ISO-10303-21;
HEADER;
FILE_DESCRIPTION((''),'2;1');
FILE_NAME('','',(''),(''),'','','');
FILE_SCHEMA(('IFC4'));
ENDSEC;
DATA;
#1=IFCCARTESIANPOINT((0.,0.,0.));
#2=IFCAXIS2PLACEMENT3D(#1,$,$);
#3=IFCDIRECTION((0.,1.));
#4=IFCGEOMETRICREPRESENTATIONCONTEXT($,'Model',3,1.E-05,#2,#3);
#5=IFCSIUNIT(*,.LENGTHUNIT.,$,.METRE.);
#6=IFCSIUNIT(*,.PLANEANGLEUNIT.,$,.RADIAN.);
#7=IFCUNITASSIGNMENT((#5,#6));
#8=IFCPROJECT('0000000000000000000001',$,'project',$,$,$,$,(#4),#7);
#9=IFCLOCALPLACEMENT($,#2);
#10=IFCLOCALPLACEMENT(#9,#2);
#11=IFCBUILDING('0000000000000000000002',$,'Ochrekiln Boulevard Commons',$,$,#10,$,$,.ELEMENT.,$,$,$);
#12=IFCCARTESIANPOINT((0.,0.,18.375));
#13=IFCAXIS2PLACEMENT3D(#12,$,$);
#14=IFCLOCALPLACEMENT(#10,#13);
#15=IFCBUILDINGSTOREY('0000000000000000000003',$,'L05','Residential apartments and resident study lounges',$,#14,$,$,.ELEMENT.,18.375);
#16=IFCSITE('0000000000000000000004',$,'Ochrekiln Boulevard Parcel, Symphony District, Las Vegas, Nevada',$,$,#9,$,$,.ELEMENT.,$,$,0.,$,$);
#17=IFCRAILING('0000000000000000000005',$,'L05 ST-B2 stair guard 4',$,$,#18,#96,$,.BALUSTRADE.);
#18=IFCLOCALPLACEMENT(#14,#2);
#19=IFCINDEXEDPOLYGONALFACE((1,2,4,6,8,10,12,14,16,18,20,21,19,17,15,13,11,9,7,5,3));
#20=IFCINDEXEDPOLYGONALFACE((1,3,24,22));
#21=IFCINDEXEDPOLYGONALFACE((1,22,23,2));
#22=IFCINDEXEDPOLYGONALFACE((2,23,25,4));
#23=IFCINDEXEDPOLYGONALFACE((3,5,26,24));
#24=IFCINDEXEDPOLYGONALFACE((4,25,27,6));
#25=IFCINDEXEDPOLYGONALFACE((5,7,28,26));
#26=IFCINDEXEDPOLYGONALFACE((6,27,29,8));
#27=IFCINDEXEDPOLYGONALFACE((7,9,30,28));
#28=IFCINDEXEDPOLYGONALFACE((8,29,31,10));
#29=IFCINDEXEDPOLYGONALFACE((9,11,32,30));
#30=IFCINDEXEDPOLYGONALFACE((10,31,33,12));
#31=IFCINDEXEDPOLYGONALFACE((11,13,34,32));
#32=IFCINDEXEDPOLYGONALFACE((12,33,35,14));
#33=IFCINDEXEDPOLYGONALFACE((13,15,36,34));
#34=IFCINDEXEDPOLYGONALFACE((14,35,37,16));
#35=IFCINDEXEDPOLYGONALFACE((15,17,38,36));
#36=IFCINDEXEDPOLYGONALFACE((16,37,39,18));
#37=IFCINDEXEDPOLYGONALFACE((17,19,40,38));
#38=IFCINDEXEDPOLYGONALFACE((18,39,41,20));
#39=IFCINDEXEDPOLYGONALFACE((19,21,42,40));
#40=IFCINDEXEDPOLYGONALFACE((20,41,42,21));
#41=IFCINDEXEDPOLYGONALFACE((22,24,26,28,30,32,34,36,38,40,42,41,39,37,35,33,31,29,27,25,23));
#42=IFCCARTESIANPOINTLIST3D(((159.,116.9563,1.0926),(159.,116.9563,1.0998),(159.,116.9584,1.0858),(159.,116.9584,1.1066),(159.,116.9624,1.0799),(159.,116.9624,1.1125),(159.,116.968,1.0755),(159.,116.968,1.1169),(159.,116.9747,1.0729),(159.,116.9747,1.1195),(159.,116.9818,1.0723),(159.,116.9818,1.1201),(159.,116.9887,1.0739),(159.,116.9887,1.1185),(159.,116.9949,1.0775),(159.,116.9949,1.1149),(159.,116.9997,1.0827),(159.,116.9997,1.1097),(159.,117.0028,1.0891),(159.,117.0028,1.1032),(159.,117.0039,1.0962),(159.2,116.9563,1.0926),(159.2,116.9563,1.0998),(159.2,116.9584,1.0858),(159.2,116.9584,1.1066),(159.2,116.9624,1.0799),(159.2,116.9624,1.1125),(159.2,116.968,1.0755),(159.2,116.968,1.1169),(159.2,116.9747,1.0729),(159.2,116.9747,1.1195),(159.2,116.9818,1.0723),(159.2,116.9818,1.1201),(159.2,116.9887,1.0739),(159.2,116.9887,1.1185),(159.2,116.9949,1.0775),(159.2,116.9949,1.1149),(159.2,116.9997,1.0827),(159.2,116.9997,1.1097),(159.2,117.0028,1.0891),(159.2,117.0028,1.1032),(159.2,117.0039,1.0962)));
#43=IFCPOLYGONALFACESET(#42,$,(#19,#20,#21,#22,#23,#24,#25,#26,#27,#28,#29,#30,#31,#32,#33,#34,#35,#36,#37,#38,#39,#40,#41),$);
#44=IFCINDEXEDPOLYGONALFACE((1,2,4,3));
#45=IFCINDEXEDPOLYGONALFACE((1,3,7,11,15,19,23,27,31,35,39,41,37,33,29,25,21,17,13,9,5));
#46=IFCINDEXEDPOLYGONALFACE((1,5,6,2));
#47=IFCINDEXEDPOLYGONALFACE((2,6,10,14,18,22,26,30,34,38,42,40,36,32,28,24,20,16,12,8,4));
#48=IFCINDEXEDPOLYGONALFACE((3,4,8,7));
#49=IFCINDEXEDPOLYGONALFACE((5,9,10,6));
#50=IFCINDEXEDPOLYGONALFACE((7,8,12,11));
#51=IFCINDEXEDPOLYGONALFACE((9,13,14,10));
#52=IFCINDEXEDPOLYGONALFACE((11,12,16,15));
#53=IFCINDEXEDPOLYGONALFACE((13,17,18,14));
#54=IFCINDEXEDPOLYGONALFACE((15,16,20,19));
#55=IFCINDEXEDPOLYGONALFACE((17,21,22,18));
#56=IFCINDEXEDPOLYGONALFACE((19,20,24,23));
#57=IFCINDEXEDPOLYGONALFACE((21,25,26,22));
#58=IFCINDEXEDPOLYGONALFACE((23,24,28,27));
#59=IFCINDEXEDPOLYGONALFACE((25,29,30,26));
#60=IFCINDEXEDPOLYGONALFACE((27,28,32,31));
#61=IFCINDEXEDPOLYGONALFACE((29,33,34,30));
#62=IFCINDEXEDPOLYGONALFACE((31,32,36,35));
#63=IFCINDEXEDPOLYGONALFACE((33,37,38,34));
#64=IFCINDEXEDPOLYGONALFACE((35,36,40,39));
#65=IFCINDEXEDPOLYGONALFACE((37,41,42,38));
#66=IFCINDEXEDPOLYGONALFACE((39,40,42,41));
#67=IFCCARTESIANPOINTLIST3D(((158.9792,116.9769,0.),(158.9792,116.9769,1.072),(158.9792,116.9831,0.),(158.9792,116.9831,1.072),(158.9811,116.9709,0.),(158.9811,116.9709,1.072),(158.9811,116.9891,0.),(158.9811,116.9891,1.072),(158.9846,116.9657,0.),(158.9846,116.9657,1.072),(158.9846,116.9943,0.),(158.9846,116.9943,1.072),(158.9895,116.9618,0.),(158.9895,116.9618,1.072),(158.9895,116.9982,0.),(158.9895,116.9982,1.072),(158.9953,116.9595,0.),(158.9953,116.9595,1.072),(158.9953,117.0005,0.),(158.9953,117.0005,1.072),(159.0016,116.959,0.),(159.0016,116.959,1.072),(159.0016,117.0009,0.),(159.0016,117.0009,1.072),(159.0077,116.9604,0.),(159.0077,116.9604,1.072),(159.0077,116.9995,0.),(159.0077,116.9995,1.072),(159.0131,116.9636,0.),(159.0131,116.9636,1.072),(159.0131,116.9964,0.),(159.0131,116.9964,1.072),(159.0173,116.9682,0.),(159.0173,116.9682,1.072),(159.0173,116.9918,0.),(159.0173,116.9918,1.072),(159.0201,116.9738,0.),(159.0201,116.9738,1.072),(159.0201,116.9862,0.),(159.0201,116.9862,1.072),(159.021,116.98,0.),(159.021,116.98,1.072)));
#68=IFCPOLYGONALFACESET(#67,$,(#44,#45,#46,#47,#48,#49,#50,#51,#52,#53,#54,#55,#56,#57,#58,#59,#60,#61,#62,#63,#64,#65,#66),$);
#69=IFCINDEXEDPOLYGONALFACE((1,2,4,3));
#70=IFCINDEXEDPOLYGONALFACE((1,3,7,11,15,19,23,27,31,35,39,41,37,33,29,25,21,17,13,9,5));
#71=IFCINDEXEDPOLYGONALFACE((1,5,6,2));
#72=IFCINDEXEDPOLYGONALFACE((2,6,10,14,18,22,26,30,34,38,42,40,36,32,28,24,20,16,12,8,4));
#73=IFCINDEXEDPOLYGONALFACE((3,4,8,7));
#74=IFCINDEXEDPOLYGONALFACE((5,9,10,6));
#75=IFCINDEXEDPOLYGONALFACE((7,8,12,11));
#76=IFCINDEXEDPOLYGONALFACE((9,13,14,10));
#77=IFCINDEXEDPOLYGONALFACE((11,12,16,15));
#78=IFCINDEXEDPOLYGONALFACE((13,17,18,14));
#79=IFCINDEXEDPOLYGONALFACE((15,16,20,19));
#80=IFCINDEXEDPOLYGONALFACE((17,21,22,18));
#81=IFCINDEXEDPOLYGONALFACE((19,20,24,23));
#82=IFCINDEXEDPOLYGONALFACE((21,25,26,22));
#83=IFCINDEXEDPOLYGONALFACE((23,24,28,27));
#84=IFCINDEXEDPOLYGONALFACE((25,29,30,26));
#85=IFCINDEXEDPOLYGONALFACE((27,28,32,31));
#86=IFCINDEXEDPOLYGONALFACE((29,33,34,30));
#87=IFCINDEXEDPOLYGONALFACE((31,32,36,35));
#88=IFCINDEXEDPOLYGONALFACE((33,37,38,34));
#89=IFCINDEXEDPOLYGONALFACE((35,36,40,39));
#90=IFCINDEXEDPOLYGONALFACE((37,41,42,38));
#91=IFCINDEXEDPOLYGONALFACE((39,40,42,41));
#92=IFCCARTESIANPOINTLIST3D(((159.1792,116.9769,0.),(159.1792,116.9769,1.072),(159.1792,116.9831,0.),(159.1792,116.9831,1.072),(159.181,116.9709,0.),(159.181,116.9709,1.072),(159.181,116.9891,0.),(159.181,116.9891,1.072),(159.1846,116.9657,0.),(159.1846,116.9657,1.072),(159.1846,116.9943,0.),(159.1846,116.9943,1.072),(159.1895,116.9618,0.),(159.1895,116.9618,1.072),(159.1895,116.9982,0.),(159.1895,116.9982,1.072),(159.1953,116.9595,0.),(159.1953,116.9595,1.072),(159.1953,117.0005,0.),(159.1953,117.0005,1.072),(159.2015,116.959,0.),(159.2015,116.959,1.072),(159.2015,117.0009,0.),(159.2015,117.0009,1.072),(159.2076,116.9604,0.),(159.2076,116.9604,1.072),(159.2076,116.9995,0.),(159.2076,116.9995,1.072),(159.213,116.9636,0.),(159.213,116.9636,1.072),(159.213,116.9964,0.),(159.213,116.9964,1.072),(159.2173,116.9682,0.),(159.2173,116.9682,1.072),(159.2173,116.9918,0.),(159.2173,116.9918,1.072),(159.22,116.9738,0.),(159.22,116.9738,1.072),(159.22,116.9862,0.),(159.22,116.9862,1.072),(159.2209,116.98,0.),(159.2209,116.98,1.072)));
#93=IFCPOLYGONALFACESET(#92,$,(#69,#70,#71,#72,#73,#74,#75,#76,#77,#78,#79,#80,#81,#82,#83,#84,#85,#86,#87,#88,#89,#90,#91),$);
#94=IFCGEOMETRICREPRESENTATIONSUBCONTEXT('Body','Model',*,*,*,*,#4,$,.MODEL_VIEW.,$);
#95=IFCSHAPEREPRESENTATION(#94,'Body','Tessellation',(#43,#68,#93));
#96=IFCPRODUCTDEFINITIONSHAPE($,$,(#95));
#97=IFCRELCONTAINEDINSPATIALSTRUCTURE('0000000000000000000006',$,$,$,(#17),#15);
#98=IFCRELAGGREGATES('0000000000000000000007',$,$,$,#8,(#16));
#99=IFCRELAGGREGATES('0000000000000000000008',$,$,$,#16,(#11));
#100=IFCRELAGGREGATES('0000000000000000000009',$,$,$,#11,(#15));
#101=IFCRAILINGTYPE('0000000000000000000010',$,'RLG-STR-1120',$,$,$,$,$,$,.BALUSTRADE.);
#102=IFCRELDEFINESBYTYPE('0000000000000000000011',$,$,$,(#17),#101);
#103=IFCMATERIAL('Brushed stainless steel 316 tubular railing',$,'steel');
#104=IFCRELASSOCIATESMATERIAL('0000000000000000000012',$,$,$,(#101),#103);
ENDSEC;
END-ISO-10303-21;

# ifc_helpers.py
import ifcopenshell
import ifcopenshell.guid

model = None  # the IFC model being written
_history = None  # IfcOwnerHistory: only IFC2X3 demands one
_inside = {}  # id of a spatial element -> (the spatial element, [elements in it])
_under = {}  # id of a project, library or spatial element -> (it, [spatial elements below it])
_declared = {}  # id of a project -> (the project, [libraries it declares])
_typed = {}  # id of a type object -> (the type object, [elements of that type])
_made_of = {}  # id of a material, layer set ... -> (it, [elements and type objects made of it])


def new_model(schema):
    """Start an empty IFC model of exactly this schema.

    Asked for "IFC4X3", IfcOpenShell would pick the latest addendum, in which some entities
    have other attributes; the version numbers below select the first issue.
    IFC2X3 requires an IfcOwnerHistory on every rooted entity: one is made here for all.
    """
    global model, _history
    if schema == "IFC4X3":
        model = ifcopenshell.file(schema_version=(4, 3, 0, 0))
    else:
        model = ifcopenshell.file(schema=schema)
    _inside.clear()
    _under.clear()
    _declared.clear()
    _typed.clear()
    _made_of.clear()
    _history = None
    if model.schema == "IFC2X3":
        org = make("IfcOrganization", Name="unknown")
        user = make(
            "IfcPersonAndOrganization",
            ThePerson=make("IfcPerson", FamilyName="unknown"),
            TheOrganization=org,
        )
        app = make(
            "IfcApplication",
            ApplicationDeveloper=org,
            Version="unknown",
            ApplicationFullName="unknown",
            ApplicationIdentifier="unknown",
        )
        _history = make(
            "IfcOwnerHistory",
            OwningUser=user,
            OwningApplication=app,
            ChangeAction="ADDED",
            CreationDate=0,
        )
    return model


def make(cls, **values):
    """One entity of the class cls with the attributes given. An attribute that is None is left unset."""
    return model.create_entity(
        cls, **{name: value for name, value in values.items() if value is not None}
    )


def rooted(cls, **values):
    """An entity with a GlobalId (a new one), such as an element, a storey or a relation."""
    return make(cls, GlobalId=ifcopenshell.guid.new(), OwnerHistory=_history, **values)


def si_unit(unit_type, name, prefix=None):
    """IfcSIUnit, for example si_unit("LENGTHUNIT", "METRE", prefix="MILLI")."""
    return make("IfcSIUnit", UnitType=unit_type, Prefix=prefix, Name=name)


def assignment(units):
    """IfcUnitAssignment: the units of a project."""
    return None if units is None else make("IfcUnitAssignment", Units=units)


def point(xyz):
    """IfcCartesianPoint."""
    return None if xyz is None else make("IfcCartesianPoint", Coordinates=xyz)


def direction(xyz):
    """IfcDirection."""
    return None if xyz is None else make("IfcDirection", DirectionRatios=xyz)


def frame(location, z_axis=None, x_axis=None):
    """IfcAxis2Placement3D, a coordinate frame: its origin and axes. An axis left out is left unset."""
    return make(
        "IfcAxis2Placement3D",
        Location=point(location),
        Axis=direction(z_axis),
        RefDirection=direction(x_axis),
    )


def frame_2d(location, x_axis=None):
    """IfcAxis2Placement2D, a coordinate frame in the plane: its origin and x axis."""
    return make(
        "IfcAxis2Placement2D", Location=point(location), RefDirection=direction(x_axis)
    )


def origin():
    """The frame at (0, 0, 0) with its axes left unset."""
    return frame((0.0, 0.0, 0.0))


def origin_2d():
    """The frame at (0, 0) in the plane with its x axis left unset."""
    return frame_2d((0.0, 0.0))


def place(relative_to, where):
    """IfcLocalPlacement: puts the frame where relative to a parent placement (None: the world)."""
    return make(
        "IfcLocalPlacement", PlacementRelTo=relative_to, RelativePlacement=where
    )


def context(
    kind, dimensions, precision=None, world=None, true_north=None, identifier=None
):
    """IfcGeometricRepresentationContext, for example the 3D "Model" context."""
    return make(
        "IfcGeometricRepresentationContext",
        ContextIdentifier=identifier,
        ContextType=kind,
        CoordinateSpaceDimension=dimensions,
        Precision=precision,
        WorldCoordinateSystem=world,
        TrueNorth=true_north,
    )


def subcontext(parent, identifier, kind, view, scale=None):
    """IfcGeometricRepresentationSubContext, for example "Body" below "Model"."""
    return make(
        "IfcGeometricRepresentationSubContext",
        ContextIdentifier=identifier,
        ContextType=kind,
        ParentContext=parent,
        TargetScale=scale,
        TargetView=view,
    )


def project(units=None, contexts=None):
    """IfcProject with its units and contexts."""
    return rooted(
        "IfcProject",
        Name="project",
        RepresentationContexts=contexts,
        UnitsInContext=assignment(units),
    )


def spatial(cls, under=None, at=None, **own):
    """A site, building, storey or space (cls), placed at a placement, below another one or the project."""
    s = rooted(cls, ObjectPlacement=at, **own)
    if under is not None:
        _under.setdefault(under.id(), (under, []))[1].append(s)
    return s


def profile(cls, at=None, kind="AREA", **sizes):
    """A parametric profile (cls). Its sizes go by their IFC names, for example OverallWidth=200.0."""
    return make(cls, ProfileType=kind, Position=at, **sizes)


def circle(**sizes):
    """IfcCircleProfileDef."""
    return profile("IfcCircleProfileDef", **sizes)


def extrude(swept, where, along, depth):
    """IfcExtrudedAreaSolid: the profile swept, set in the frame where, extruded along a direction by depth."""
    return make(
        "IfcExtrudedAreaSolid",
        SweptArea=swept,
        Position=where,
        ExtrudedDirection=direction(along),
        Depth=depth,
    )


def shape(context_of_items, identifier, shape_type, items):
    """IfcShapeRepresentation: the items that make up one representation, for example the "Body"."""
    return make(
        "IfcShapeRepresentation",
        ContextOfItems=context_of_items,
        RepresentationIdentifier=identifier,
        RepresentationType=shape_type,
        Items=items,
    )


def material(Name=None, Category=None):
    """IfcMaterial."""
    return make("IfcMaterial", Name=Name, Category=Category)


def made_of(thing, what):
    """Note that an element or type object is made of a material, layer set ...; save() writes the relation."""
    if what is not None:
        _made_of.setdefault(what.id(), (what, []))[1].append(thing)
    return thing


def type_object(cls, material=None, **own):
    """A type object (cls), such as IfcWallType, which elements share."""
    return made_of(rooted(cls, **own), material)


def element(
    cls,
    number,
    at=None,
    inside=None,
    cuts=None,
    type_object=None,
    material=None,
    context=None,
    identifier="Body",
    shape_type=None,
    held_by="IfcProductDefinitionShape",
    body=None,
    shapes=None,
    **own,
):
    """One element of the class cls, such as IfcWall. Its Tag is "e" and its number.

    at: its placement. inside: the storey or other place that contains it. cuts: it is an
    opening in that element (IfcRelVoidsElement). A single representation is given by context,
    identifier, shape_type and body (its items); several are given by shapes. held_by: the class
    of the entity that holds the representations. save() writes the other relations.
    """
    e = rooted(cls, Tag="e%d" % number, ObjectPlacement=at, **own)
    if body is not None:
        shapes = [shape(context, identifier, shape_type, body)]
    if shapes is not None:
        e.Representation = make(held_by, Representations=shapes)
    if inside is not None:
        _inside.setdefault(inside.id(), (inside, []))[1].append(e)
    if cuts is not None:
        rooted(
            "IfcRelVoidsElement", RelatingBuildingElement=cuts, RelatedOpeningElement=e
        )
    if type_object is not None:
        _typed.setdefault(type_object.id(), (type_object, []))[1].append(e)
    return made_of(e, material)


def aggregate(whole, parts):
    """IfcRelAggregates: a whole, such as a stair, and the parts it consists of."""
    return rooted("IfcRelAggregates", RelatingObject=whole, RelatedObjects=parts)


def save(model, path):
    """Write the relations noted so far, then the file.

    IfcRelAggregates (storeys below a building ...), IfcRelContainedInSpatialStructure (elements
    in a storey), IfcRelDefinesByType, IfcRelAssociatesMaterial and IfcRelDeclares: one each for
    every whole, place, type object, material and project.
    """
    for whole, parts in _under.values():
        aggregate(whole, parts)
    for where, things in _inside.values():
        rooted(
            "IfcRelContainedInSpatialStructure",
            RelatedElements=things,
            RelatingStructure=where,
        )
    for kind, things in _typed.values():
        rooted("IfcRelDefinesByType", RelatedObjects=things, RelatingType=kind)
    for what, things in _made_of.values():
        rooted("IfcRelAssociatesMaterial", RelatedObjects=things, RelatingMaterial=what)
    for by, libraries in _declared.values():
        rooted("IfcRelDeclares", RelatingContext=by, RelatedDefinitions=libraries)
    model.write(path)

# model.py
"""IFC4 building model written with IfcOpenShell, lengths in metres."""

from ifc_helpers import new_model, si_unit, direction, frame, origin, origin_2d, place, context, subcontext, project, spatial, circle, extrude, material, type_object, element, save


model = new_model("IFC4")

# Units and contexts
model_context = context("Model", 3, precision=1e-05, world=origin(), true_north=direction((0.0, 1.0)))
body_context = subcontext(model_context, "Body", "Model", "MODEL_VIEW")
ifc_project = project(units=[si_unit("LENGTHUNIT", "METRE"), si_unit("PLANEANGLEUNIT", "RADIAN")], contexts=[model_context])

# Site, building, storey
site_placement = place(None, origin())
site = spatial("IfcSite", under=ifc_project, at=site_placement, Name="Ochrekiln Boulevard Parcel, Symphony District, Las Vegas, Nevada", CompositionType="ELEMENT", RefElevation=0.0)
building_placement = place(site_placement, origin())
building = spatial("IfcBuilding", under=site, at=building_placement, Name="Ochrekiln Boulevard Commons", CompositionType="ELEMENT")
storey_placement = place(building_placement, frame((0.0, 0.0, 18.375)))
storey = spatial("IfcBuildingStorey", under=building, at=storey_placement, Name="L05", Description="Residential apartments and resident study lounges", CompositionType="ELEMENT", Elevation=18.375)

# Railing
ifc_material_1 = material(Name="Brushed stainless steel 316 tubular railing", Category="steel")
railing_type_1 = type_object("IfcRailingType", Name="RLG-STR-1120", PredefinedType="BALUSTRADE", material=ifc_material_1)
railing_1_placement = place(storey_placement, frame((159.0, 116.98, 0.0)))
element("IfcRailing", 1, at=railing_1_placement, inside=storey, type_object=railing_type_1, Name="L05 ST-B2 stair guard 4", PredefinedType="BALUSTRADE", context=body_context, shape_type="SweptSolid", body=[
    extrude(circle(Radius=0.0239, at=origin_2d()), frame((0.0, 0.0, 1.0962), z_axis=(1.0, 0.0, 0.0), x_axis=(0.0, 1.0, 0.0)), (0.0, 0.0, 1.0), 0.2),
    extrude(circle(Radius=0.021, at=origin_2d()), origin(), (0.0, 0.0, 1.0), 1.072),
    extrude(circle(Radius=0.021, at=origin_2d()), frame((0.2, 0.0, 0.0)), (0.0, 0.0, 1.0), 1.072),
])

save(model, "model.ifc")
